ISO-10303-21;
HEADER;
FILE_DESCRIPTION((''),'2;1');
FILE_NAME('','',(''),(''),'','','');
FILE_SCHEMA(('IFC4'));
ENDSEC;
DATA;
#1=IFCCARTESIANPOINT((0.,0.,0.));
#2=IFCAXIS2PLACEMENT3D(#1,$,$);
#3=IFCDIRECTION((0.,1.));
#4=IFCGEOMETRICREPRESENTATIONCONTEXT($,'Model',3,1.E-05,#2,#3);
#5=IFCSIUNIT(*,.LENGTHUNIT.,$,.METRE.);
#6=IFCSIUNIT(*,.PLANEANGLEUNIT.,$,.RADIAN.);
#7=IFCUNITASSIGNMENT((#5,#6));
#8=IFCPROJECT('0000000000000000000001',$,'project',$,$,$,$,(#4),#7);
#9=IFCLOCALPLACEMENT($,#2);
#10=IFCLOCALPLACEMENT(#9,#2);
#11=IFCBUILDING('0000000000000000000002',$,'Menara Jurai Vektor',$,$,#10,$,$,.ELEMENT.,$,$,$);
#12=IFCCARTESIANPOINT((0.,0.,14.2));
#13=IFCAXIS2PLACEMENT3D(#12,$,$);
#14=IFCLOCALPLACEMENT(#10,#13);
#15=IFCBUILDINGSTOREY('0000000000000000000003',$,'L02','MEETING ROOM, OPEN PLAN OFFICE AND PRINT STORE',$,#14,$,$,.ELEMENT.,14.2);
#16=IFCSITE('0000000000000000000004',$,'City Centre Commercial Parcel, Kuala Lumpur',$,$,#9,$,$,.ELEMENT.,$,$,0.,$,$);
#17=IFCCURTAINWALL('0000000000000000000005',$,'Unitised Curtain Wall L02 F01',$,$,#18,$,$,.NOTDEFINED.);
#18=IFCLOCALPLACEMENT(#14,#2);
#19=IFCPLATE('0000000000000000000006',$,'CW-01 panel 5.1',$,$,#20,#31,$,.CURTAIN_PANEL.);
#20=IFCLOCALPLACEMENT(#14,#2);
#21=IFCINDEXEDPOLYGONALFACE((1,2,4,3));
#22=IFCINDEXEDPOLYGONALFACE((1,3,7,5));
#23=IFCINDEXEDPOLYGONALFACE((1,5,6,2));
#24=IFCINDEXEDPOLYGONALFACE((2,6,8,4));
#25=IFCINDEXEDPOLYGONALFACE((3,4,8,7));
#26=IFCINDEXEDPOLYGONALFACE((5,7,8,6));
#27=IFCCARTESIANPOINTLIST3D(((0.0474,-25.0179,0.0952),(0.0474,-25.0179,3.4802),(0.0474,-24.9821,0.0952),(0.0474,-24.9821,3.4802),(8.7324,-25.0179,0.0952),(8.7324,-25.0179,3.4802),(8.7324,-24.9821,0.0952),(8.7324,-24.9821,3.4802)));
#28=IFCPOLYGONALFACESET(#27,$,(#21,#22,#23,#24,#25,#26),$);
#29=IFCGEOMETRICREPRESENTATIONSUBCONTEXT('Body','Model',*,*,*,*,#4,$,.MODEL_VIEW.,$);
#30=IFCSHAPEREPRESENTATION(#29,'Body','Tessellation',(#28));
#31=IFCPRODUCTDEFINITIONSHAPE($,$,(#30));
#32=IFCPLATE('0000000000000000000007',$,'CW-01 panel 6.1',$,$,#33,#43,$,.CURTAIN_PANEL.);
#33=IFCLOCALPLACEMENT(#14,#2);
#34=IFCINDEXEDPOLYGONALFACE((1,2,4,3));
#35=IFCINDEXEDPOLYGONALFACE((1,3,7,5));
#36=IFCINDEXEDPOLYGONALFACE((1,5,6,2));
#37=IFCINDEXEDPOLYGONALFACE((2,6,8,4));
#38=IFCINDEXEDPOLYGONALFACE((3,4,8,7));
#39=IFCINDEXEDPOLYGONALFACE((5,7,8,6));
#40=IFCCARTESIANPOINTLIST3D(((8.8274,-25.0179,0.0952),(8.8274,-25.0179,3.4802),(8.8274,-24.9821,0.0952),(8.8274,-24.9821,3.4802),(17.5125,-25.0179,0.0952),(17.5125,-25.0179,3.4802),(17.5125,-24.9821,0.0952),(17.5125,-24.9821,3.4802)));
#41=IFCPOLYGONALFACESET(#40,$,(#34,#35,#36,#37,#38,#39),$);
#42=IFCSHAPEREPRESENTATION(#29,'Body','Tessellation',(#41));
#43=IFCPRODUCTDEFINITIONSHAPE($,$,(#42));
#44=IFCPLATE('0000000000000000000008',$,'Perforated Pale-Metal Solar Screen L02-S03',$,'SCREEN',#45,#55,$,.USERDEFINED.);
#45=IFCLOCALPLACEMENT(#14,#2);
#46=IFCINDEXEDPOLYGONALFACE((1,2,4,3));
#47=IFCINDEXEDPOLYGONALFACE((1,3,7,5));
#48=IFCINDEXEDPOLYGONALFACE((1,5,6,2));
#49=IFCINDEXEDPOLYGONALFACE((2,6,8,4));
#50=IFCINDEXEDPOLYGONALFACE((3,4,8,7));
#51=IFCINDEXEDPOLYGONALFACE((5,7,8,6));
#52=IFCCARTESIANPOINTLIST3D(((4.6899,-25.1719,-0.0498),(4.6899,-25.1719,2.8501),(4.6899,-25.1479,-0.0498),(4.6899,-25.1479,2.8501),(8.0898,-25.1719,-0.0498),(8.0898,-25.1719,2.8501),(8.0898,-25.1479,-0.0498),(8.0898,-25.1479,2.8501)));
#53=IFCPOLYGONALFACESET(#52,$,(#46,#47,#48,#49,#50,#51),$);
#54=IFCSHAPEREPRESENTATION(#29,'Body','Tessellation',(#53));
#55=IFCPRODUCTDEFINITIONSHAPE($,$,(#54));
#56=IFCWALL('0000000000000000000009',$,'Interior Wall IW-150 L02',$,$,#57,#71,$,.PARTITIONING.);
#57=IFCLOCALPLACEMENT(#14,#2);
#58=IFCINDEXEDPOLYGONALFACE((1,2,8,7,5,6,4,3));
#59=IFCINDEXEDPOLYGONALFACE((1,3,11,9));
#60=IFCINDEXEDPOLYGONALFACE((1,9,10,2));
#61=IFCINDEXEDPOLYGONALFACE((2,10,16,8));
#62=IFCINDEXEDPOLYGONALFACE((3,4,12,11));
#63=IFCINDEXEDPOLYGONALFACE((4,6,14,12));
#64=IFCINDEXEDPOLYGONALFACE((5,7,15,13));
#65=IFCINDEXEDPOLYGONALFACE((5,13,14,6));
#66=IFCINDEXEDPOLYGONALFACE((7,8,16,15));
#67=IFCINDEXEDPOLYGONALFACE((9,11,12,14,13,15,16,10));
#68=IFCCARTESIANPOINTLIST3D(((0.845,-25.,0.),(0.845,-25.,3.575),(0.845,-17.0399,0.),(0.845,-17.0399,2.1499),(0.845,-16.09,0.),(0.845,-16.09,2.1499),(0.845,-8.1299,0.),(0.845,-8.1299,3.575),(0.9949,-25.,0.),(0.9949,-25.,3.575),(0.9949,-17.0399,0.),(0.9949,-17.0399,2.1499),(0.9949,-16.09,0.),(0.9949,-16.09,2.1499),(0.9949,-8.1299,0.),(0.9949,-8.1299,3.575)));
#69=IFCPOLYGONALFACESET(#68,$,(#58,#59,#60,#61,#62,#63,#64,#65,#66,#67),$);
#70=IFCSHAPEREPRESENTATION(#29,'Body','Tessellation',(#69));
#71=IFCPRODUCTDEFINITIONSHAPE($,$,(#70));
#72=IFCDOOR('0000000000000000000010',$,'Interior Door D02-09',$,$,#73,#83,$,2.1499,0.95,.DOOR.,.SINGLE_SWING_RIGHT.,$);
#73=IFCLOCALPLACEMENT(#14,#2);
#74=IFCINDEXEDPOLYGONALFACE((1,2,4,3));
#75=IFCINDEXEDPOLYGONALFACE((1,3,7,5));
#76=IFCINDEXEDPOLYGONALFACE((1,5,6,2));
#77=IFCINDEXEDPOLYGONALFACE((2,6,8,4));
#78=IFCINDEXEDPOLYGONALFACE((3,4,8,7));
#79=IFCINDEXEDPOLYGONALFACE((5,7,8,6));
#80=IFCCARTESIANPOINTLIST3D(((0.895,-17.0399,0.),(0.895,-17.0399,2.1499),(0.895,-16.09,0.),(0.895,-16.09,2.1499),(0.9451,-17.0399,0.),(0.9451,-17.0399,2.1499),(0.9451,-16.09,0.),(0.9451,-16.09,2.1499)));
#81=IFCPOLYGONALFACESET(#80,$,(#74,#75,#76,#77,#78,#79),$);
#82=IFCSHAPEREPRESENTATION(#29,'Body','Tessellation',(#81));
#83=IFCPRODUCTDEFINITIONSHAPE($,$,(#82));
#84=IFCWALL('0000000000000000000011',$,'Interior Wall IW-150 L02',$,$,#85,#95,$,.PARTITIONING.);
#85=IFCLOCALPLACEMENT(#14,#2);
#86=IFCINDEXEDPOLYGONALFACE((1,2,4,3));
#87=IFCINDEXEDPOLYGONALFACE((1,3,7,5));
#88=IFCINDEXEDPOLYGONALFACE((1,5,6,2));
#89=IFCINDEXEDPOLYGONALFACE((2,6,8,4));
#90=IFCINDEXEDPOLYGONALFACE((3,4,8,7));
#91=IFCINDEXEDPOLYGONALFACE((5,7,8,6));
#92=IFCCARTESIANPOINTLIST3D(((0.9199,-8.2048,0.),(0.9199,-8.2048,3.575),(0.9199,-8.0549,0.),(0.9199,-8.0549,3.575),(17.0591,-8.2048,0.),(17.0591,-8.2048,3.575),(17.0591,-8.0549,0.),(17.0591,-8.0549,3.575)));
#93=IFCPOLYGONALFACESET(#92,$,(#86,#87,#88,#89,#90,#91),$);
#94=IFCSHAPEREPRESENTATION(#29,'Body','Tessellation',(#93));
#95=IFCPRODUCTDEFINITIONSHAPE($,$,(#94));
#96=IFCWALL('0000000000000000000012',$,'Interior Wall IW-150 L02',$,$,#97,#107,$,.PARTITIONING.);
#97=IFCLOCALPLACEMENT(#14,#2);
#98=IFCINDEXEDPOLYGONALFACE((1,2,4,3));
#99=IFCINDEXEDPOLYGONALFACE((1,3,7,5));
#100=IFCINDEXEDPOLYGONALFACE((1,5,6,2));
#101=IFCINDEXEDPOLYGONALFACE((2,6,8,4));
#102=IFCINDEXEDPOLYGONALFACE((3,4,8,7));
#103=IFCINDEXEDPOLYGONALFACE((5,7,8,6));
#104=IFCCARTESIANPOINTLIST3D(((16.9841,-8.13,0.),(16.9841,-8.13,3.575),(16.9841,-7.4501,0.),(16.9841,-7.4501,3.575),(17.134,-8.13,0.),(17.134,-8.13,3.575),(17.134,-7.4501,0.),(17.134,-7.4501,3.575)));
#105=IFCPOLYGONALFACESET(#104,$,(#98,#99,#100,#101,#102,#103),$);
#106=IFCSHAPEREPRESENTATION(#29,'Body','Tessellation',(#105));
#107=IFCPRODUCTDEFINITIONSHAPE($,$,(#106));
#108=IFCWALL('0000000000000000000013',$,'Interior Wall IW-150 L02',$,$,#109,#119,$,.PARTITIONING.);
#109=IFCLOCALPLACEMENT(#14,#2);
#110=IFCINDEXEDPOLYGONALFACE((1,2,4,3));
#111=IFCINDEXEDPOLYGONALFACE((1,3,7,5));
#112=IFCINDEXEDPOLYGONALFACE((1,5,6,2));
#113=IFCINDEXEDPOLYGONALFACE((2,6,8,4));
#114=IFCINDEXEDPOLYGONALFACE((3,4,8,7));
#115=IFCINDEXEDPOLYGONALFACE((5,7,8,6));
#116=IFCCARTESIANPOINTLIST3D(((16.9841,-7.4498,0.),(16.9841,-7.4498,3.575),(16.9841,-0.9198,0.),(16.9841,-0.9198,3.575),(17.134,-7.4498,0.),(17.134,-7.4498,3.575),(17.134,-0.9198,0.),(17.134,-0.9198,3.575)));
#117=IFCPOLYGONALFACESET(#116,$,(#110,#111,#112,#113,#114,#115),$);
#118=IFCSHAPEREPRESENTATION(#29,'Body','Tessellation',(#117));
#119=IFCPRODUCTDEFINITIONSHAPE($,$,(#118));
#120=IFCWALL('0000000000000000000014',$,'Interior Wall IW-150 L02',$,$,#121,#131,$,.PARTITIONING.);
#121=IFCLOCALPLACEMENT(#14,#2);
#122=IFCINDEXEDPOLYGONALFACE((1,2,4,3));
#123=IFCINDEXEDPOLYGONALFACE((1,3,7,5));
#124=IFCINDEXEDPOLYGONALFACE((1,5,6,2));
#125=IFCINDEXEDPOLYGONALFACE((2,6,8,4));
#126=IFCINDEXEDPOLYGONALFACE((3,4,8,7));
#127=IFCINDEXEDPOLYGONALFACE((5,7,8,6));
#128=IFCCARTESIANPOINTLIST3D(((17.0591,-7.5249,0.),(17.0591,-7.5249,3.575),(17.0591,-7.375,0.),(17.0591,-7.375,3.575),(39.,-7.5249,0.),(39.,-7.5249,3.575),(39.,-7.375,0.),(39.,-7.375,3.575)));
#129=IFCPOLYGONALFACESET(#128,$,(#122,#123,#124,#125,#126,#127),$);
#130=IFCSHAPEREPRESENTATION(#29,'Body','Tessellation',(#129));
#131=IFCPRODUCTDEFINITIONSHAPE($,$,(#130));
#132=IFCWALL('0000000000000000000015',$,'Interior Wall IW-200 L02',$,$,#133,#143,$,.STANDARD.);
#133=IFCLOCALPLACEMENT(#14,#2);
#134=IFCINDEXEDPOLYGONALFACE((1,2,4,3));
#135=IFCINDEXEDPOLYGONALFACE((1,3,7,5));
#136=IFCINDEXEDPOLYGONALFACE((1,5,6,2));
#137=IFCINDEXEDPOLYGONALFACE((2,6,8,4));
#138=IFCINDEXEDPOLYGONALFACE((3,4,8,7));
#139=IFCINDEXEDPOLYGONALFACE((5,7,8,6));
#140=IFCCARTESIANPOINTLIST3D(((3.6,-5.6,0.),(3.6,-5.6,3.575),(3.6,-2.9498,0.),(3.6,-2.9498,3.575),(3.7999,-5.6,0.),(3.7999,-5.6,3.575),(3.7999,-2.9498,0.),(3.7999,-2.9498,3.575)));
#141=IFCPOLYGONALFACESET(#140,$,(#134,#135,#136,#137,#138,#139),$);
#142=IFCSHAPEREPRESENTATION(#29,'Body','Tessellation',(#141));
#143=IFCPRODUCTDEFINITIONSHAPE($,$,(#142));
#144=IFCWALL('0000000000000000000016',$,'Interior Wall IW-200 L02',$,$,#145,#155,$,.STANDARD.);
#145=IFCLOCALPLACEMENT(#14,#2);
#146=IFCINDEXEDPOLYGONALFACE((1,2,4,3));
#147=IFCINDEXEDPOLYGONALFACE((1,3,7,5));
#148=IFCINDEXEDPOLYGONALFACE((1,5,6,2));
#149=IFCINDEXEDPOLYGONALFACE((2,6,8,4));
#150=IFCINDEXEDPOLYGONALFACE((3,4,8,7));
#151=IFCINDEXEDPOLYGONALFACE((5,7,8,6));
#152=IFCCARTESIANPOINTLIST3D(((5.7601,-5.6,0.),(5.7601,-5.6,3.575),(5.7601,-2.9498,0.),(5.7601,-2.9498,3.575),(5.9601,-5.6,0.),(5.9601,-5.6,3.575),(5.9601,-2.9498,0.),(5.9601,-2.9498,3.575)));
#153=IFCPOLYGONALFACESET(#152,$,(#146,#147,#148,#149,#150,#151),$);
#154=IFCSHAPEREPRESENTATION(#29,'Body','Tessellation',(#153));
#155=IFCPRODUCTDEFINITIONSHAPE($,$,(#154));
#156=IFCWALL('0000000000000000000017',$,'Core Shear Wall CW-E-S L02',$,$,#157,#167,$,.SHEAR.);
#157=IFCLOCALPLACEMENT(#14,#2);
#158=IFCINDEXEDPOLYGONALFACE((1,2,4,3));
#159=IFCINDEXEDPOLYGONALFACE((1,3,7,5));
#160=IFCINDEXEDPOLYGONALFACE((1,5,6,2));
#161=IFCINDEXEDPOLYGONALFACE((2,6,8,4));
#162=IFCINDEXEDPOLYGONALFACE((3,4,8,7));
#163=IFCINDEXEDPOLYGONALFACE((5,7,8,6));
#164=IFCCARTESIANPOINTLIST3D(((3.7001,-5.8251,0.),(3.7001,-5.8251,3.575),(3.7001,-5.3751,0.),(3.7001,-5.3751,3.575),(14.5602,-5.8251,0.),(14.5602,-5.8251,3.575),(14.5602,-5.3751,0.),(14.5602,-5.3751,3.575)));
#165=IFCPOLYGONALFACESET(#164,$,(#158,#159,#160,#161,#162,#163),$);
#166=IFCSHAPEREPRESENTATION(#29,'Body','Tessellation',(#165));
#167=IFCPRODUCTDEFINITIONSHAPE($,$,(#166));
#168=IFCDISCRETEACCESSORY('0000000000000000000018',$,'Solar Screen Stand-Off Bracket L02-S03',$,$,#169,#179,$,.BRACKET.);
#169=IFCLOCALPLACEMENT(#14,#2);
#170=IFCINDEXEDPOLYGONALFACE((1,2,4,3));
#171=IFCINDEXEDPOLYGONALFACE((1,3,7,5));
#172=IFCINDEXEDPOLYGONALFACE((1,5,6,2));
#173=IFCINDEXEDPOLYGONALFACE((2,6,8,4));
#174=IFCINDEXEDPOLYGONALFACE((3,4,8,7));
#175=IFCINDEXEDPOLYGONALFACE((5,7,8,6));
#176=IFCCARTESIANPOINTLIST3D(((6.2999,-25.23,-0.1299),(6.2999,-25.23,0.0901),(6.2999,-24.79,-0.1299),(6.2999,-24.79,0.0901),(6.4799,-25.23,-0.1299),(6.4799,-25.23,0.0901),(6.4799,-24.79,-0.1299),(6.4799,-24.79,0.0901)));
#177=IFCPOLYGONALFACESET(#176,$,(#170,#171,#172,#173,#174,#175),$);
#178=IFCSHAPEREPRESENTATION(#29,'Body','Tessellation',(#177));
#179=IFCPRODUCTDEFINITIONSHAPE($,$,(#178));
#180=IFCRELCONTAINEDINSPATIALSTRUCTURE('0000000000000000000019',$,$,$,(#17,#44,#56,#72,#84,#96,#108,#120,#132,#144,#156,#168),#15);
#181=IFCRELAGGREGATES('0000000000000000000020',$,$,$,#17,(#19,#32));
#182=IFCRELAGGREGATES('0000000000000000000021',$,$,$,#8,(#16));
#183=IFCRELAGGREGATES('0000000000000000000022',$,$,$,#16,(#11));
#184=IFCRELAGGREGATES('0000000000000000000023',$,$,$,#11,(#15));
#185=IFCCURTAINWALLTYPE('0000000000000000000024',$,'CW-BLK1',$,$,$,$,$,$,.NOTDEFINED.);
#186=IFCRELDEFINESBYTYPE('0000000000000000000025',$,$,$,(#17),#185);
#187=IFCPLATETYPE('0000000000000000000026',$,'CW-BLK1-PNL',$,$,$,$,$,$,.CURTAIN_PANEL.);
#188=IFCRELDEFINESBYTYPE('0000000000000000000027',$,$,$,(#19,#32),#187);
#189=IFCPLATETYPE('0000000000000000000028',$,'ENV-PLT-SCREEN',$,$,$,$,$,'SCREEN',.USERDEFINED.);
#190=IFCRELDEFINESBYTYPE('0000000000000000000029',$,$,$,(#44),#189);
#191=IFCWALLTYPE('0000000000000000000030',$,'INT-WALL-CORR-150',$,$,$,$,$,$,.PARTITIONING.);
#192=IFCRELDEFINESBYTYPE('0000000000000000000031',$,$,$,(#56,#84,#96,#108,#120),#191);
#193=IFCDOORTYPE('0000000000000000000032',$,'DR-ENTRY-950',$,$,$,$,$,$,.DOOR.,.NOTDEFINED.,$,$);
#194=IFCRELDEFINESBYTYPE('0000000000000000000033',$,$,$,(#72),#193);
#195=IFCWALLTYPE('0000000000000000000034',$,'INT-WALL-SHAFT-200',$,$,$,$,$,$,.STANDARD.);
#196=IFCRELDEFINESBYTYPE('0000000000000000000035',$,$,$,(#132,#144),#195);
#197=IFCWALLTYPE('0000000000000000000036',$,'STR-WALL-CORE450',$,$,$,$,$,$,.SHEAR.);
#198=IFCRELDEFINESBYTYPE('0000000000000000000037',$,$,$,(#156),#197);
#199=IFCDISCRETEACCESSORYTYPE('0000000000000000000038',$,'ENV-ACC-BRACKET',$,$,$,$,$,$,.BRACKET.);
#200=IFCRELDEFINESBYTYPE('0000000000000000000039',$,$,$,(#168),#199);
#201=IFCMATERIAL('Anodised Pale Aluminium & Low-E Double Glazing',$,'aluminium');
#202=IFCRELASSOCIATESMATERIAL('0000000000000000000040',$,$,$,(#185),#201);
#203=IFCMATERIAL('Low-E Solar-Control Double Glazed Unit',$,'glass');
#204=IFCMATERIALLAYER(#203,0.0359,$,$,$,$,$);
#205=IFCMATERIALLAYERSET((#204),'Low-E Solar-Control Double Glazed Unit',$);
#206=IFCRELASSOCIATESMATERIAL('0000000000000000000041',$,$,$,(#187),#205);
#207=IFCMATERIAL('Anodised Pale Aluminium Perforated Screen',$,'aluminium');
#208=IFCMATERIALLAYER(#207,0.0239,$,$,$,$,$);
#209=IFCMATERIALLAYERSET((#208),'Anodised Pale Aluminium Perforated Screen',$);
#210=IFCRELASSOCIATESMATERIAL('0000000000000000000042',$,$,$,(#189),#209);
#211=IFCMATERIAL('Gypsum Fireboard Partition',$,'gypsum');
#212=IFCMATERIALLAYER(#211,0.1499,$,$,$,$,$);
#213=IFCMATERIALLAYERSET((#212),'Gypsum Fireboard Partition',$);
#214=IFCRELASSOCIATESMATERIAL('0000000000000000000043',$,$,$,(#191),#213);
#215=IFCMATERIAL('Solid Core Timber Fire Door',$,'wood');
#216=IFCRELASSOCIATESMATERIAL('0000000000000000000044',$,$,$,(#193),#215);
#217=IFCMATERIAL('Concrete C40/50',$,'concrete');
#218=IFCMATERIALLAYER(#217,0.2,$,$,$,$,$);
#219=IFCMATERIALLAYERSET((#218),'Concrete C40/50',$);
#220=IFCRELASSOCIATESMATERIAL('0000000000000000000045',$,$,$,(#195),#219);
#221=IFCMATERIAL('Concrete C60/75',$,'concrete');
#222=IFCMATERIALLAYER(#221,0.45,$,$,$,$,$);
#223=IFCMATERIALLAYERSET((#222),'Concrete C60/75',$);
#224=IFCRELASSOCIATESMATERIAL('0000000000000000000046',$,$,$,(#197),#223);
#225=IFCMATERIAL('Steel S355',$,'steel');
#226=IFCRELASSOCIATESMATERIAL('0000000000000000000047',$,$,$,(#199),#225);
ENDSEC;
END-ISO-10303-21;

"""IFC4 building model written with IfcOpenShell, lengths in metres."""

from ifc_helpers import new_model, si_unit, direction, frame, frame_2d, origin, origin_2d, place, context, subcontext, project, spatial, rectangle, extrude, material, layer, layer_set, type_object, element, fill, aggregate, save


model = new_model("IFC4")

# Units and contexts
model_context = context("Model", 3, precision=1e-05, world=origin(), true_north=direction((0.0, 1.0)))
body_context = subcontext(model_context, "Body", "Model", "MODEL_VIEW")
ifc_project = project(units=[si_unit("LENGTHUNIT", "METRE"), si_unit("PLANEANGLEUNIT", "RADIAN")], contexts=[model_context])

# Site, building, storey
site_placement = place(None, origin())
site = spatial("IfcSite", under=ifc_project, at=site_placement, Name="City Centre Commercial Parcel, Kuala Lumpur", CompositionType="ELEMENT", RefElevation=0.0)
building_placement = place(site_placement, origin())
building = spatial("IfcBuilding", under=site, at=building_placement, Name="Menara Jurai Vektor", CompositionType="ELEMENT")
storey_placement = place(building_placement, frame((0.0, 0.0, 14.2)))
storey = spatial("IfcBuildingStorey", under=building, at=storey_placement, Name="L02", Description="MEETING ROOM, OPEN PLAN OFFICE AND PRINT STORE", CompositionType="ELEMENT", Elevation=14.2)

# Shared definitions
ifc_material_1 = material(Name="Concrete C60/75", Category="concrete")

# Curtain wall
ifc_material_2 = material(Name="Anodised Pale Aluminium & Low-E Double Glazing", Category="aluminium")
curtain_wall_type = type_object("IfcCurtainWallType", Name="CW-BLK1", PredefinedType="NOTDEFINED", material=ifc_material_2)
curtain_wall_placement = place(storey_placement, origin())
curtain_wall = element("IfcCurtainWall", 1, at=curtain_wall_placement, inside=storey, type_object=curtain_wall_type, Name="Unitised Curtain Wall L02 F01", PredefinedType="NOTDEFINED")

# Shared definitions
ifc_material_3 = material(Name="Steel S355", Category="steel")

# Plates
ifc_material_4 = material(Name="Low-E Solar-Control Double Glazed Unit", Category="glass")
ifc_layer_1 = layer(ifc_material_4, 0.0359)
ifc_layer_set_1 = layer_set([ifc_layer_1], Name="Low-E Solar-Control Double Glazed Unit")
plate_type_1 = type_object("IfcPlateType", Name="CW-BLK1-PNL", PredefinedType="CURTAIN_PANEL", material=ifc_layer_set_1)
plate_1_placement = place(storey_placement, frame((4.3899, -25.0, 0.0952), z_axis=(0.0, 0.0, 1.0), x_axis=(1.0, 0.0, 0.0)))
plate_1 = element("IfcPlate", 2, at=plate_1_placement, type_object=plate_type_1, Name="CW-01 panel 5.1", PredefinedType="CURTAIN_PANEL", context=body_context, shape_type="SweptSolid", body=[
    extrude(rectangle(XDim=8.6851, YDim=0.0359, at=origin_2d()), origin(), (0.0, 0.0, 1.0), 3.385),
])
plate_2_placement = place(storey_placement, frame((13.1699, -25.0, 0.0952), z_axis=(0.0, 0.0, 1.0), x_axis=(1.0, 0.0, 0.0)))
plate_2 = element("IfcPlate", 3, at=plate_2_placement, type_object=plate_type_1, Name="CW-01 panel 6.1", PredefinedType="CURTAIN_PANEL", context=body_context, shape_type="SweptSolid", body=[
    extrude(rectangle(XDim=8.6851, YDim=0.0359, at=origin_2d()), origin(), (0.0, 0.0, 1.0), 3.385),
])
aggregate(curtain_wall, [plate_1, plate_2])
ifc_material_5 = material(Name="Anodised Pale Aluminium Perforated Screen", Category="aluminium")
ifc_layer_2 = layer(ifc_material_5, 0.0239)
ifc_layer_set_2 = layer_set([ifc_layer_2], Name="Anodised Pale Aluminium Perforated Screen")
plate_type_2 = type_object("IfcPlateType", Name="ENV-PLT-SCREEN", ElementType="SCREEN", PredefinedType="USERDEFINED", material=ifc_layer_set_2)
plate_3_placement = place(storey_placement, frame((6.3899, -25.1599, -0.0498), z_axis=(0.0, 0.0, 1.0), x_axis=(1.0, 0.0, 0.0)))
element("IfcPlate", 4, at=plate_3_placement, inside=storey, type_object=plate_type_2, Name="Perforated Pale-Metal Solar Screen L02-S03", ObjectType="SCREEN", PredefinedType="USERDEFINED", context=body_context, shape_type="SweptSolid", body=[
    extrude(rectangle(XDim=3.3999, YDim=0.0239, at=origin_2d()), origin(), (0.0, 0.0, 1.0), 2.8999),
])

# Wall, opening, door
ifc_material_6 = material(Name="Gypsum Fireboard Partition", Category="gypsum")
ifc_layer_3 = layer(ifc_material_6, 0.1499)
ifc_layer_set_3 = layer_set([ifc_layer_3], Name="Gypsum Fireboard Partition")
wall_type_1 = type_object("IfcWallType", Name="INT-WALL-CORR-150", PredefinedType="PARTITIONING", material=ifc_layer_set_3)
wall_1_placement = place(storey_placement, frame((0.9199, -25.0, 0.0), z_axis=(0.0, 0.0, 1.0), x_axis=(0.0, 1.0, 0.0)))
wall_1 = element("IfcWall", 5, at=wall_1_placement, inside=storey, type_object=wall_type_1, Name="Interior Wall IW-150 L02", PredefinedType="PARTITIONING", context=body_context, shape_type="SweptSolid", body=[
    extrude(rectangle(XDim=16.8701, YDim=0.1499, at=frame_2d((8.4351, 0.0))), origin(), (0.0, 0.0, 1.0), 3.575),
])
opening_placement = place(wall_1_placement, frame((7.96, 0.0, 0.0)))
opening = element("IfcOpeningElement", 6, at=opening_placement, cuts=wall_1, PredefinedType="OPENING", context=body_context, shape_type="SweptSolid", body=[
    extrude(rectangle(XDim=0.95, YDim=2.1499, at=frame_2d((0.4751, 1.075))), frame((0.0, 0.085, 0.0), z_axis=(0.0, -1.0, 0.0), x_axis=(1.0, 0.0, 0.0)), (0.0, 0.0, 1.0), 0.1699),
])
ifc_material_7 = material(Name="Solid Core Timber Fire Door", Category="wood")
door_type = type_object("IfcDoorType", Name="DR-ENTRY-950", OperationType="NOTDEFINED", PredefinedType="DOOR", material=ifc_material_7)
door_placement = place(opening_placement, origin())
door = element("IfcDoor", 7, at=door_placement, inside=storey, type_object=door_type, Name="Interior Door D02-09", OperationType="SINGLE_SWING_RIGHT", OverallHeight=2.1499, OverallWidth=0.95, PredefinedType="DOOR", context=body_context, shape_type="SweptSolid", body=[
    extrude(rectangle(XDim=0.95, YDim=2.1499, at=frame_2d((0.4751, 1.075))), frame((0.0, 0.0249, 0.0), z_axis=(0.0, -1.0, 0.0), x_axis=(1.0, 0.0, 0.0)), (0.0, 0.0, 1.0), 0.05),
])
fill(opening, door)

# Walls
wall_2_placement = place(storey_placement, frame((0.9199, -8.1299, 0.0), z_axis=(0.0, 0.0, 1.0), x_axis=(1.0, 0.0, 0.0)))
element("IfcWall", 8, at=wall_2_placement, inside=storey, type_object=wall_type_1, Name="Interior Wall IW-150 L02", PredefinedType="PARTITIONING", context=body_context, shape_type="SweptSolid", body=[
    extrude(rectangle(XDim=16.1392, YDim=0.1499, at=frame_2d((8.0696, 0.0))), origin(), (0.0, 0.0, 1.0), 3.575),
])
wall_3_placement = place(storey_placement, frame((17.0591, -8.1299, 0.0), z_axis=(0.0, 0.0, 1.0), x_axis=(0.0, 1.0, 0.0)))
element("IfcWall", 9, at=wall_3_placement, inside=storey, type_object=wall_type_1, Name="Interior Wall IW-150 L02", PredefinedType="PARTITIONING", context=body_context, shape_type="SweptSolid", body=[
    extrude(rectangle(XDim=0.6799, YDim=0.1499, at=frame_2d((0.3398, 0.0))), origin(), (0.0, 0.0, 1.0), 3.575),
])
wall_4_placement = place(storey_placement, frame((17.0591, -7.45, 0.0), z_axis=(0.0, 0.0, 1.0), x_axis=(0.0, 1.0, 0.0)))
element("IfcWall", 10, at=wall_4_placement, inside=storey, type_object=wall_type_1, Name="Interior Wall IW-150 L02", PredefinedType="PARTITIONING", context=body_context, shape_type="SweptSolid", body=[
    extrude(rectangle(XDim=6.53, YDim=0.1499, at=frame_2d((3.2651, 0.0))), origin(), (0.0, 0.0, 1.0), 3.575),
])
wall_5_placement = place(storey_placement, frame((17.0591, -7.45, 0.0), z_axis=(0.0, 0.0, 1.0), x_axis=(1.0, 0.0, 0.0)))
element("IfcWall", 11, at=wall_5_placement, inside=storey, type_object=wall_type_1, Name="Interior Wall IW-150 L02", PredefinedType="PARTITIONING", context=body_context, shape_type="SweptSolid", body=[
    extrude(rectangle(XDim=21.9409, YDim=0.1499, at=frame_2d((10.9705, 0.0))), origin(), (0.0, 0.0, 1.0), 3.575),
])
ifc_material_8 = material(Name="Concrete C40/50", Category="concrete")
ifc_layer_4 = layer(ifc_material_8, 0.2)
ifc_layer_set_4 = layer_set([ifc_layer_4], Name="Concrete C40/50")
wall_type_2 = type_object("IfcWallType", Name="INT-WALL-SHAFT-200", PredefinedType="STANDARD", material=ifc_layer_set_4)
for number, where, z_axis, x_axis, name in (
    (12, (3.7, -5.6001, 0.0), (0.0, 0.0, 1.0), (0.0, 1.0, 0.0), "Interior Wall IW-200 L02"),
    (13, (5.8601, -5.6001, 0.0), (0.0, 0.0, 1.0), (0.0, 1.0, 0.0), "Interior Wall IW-200 L02"),
):
    element("IfcWall", number, at=place(storey_placement, frame(where, z_axis=z_axis, x_axis=x_axis)), inside=storey, type_object=wall_type_2, Name=name, PredefinedType="STANDARD", context=body_context, shape_type="SweptSolid", body=[
        extrude(rectangle(XDim=2.6501, YDim=0.2, at=frame_2d((1.3252, 0.0))), origin(), (0.0, 0.0, 1.0), 3.575),
    ])
ifc_layer_5 = layer(ifc_material_1, 0.45)
ifc_layer_set_5 = layer_set([ifc_layer_5], Name="Concrete C60/75")
wall_type_3 = type_object("IfcWallType", Name="STR-WALL-CORE450", PredefinedType="SHEAR", material=ifc_layer_set_5)
wall_6_placement = place(storey_placement, frame((3.7, -5.6001, 0.0), z_axis=(0.0, 0.0, 1.0), x_axis=(1.0, 0.0, 0.0)))
element("IfcWall", 14, at=wall_6_placement, inside=storey, type_object=wall_type_3, Name="Core Shear Wall CW-E-S L02", PredefinedType="SHEAR", context=body_context, shape_type="SweptSolid", body=[
    extrude(rectangle(XDim=10.8601, YDim=0.45, at=frame_2d((5.4302, 0.0))), origin(), (0.0, 0.0, 1.0), 3.575),
])

# Discrete accessory
discrete_accessory_type = type_object("IfcDiscreteAccessoryType", Name="ENV-ACC-BRACKET", PredefinedType="BRACKET", material=ifc_material_3)
discrete_accessory_placement = place(storey_placement, frame((6.3899, -25.01, -0.1299), z_axis=(0.0, 0.0, 1.0), x_axis=(1.0, 0.0, 0.0)))
element("IfcDiscreteAccessory", 15, at=discrete_accessory_placement, inside=storey, type_object=discrete_accessory_type, Name="Solar Screen Stand-Off Bracket L02-S03", PredefinedType="BRACKET", context=body_context, shape_type="SweptSolid", body=[
    extrude(rectangle(XDim=0.1799, YDim=0.4399, at=origin_2d()), origin(), (0.0, 0.0, 1.0), 0.22),
])

save(model, "model.ifc")
